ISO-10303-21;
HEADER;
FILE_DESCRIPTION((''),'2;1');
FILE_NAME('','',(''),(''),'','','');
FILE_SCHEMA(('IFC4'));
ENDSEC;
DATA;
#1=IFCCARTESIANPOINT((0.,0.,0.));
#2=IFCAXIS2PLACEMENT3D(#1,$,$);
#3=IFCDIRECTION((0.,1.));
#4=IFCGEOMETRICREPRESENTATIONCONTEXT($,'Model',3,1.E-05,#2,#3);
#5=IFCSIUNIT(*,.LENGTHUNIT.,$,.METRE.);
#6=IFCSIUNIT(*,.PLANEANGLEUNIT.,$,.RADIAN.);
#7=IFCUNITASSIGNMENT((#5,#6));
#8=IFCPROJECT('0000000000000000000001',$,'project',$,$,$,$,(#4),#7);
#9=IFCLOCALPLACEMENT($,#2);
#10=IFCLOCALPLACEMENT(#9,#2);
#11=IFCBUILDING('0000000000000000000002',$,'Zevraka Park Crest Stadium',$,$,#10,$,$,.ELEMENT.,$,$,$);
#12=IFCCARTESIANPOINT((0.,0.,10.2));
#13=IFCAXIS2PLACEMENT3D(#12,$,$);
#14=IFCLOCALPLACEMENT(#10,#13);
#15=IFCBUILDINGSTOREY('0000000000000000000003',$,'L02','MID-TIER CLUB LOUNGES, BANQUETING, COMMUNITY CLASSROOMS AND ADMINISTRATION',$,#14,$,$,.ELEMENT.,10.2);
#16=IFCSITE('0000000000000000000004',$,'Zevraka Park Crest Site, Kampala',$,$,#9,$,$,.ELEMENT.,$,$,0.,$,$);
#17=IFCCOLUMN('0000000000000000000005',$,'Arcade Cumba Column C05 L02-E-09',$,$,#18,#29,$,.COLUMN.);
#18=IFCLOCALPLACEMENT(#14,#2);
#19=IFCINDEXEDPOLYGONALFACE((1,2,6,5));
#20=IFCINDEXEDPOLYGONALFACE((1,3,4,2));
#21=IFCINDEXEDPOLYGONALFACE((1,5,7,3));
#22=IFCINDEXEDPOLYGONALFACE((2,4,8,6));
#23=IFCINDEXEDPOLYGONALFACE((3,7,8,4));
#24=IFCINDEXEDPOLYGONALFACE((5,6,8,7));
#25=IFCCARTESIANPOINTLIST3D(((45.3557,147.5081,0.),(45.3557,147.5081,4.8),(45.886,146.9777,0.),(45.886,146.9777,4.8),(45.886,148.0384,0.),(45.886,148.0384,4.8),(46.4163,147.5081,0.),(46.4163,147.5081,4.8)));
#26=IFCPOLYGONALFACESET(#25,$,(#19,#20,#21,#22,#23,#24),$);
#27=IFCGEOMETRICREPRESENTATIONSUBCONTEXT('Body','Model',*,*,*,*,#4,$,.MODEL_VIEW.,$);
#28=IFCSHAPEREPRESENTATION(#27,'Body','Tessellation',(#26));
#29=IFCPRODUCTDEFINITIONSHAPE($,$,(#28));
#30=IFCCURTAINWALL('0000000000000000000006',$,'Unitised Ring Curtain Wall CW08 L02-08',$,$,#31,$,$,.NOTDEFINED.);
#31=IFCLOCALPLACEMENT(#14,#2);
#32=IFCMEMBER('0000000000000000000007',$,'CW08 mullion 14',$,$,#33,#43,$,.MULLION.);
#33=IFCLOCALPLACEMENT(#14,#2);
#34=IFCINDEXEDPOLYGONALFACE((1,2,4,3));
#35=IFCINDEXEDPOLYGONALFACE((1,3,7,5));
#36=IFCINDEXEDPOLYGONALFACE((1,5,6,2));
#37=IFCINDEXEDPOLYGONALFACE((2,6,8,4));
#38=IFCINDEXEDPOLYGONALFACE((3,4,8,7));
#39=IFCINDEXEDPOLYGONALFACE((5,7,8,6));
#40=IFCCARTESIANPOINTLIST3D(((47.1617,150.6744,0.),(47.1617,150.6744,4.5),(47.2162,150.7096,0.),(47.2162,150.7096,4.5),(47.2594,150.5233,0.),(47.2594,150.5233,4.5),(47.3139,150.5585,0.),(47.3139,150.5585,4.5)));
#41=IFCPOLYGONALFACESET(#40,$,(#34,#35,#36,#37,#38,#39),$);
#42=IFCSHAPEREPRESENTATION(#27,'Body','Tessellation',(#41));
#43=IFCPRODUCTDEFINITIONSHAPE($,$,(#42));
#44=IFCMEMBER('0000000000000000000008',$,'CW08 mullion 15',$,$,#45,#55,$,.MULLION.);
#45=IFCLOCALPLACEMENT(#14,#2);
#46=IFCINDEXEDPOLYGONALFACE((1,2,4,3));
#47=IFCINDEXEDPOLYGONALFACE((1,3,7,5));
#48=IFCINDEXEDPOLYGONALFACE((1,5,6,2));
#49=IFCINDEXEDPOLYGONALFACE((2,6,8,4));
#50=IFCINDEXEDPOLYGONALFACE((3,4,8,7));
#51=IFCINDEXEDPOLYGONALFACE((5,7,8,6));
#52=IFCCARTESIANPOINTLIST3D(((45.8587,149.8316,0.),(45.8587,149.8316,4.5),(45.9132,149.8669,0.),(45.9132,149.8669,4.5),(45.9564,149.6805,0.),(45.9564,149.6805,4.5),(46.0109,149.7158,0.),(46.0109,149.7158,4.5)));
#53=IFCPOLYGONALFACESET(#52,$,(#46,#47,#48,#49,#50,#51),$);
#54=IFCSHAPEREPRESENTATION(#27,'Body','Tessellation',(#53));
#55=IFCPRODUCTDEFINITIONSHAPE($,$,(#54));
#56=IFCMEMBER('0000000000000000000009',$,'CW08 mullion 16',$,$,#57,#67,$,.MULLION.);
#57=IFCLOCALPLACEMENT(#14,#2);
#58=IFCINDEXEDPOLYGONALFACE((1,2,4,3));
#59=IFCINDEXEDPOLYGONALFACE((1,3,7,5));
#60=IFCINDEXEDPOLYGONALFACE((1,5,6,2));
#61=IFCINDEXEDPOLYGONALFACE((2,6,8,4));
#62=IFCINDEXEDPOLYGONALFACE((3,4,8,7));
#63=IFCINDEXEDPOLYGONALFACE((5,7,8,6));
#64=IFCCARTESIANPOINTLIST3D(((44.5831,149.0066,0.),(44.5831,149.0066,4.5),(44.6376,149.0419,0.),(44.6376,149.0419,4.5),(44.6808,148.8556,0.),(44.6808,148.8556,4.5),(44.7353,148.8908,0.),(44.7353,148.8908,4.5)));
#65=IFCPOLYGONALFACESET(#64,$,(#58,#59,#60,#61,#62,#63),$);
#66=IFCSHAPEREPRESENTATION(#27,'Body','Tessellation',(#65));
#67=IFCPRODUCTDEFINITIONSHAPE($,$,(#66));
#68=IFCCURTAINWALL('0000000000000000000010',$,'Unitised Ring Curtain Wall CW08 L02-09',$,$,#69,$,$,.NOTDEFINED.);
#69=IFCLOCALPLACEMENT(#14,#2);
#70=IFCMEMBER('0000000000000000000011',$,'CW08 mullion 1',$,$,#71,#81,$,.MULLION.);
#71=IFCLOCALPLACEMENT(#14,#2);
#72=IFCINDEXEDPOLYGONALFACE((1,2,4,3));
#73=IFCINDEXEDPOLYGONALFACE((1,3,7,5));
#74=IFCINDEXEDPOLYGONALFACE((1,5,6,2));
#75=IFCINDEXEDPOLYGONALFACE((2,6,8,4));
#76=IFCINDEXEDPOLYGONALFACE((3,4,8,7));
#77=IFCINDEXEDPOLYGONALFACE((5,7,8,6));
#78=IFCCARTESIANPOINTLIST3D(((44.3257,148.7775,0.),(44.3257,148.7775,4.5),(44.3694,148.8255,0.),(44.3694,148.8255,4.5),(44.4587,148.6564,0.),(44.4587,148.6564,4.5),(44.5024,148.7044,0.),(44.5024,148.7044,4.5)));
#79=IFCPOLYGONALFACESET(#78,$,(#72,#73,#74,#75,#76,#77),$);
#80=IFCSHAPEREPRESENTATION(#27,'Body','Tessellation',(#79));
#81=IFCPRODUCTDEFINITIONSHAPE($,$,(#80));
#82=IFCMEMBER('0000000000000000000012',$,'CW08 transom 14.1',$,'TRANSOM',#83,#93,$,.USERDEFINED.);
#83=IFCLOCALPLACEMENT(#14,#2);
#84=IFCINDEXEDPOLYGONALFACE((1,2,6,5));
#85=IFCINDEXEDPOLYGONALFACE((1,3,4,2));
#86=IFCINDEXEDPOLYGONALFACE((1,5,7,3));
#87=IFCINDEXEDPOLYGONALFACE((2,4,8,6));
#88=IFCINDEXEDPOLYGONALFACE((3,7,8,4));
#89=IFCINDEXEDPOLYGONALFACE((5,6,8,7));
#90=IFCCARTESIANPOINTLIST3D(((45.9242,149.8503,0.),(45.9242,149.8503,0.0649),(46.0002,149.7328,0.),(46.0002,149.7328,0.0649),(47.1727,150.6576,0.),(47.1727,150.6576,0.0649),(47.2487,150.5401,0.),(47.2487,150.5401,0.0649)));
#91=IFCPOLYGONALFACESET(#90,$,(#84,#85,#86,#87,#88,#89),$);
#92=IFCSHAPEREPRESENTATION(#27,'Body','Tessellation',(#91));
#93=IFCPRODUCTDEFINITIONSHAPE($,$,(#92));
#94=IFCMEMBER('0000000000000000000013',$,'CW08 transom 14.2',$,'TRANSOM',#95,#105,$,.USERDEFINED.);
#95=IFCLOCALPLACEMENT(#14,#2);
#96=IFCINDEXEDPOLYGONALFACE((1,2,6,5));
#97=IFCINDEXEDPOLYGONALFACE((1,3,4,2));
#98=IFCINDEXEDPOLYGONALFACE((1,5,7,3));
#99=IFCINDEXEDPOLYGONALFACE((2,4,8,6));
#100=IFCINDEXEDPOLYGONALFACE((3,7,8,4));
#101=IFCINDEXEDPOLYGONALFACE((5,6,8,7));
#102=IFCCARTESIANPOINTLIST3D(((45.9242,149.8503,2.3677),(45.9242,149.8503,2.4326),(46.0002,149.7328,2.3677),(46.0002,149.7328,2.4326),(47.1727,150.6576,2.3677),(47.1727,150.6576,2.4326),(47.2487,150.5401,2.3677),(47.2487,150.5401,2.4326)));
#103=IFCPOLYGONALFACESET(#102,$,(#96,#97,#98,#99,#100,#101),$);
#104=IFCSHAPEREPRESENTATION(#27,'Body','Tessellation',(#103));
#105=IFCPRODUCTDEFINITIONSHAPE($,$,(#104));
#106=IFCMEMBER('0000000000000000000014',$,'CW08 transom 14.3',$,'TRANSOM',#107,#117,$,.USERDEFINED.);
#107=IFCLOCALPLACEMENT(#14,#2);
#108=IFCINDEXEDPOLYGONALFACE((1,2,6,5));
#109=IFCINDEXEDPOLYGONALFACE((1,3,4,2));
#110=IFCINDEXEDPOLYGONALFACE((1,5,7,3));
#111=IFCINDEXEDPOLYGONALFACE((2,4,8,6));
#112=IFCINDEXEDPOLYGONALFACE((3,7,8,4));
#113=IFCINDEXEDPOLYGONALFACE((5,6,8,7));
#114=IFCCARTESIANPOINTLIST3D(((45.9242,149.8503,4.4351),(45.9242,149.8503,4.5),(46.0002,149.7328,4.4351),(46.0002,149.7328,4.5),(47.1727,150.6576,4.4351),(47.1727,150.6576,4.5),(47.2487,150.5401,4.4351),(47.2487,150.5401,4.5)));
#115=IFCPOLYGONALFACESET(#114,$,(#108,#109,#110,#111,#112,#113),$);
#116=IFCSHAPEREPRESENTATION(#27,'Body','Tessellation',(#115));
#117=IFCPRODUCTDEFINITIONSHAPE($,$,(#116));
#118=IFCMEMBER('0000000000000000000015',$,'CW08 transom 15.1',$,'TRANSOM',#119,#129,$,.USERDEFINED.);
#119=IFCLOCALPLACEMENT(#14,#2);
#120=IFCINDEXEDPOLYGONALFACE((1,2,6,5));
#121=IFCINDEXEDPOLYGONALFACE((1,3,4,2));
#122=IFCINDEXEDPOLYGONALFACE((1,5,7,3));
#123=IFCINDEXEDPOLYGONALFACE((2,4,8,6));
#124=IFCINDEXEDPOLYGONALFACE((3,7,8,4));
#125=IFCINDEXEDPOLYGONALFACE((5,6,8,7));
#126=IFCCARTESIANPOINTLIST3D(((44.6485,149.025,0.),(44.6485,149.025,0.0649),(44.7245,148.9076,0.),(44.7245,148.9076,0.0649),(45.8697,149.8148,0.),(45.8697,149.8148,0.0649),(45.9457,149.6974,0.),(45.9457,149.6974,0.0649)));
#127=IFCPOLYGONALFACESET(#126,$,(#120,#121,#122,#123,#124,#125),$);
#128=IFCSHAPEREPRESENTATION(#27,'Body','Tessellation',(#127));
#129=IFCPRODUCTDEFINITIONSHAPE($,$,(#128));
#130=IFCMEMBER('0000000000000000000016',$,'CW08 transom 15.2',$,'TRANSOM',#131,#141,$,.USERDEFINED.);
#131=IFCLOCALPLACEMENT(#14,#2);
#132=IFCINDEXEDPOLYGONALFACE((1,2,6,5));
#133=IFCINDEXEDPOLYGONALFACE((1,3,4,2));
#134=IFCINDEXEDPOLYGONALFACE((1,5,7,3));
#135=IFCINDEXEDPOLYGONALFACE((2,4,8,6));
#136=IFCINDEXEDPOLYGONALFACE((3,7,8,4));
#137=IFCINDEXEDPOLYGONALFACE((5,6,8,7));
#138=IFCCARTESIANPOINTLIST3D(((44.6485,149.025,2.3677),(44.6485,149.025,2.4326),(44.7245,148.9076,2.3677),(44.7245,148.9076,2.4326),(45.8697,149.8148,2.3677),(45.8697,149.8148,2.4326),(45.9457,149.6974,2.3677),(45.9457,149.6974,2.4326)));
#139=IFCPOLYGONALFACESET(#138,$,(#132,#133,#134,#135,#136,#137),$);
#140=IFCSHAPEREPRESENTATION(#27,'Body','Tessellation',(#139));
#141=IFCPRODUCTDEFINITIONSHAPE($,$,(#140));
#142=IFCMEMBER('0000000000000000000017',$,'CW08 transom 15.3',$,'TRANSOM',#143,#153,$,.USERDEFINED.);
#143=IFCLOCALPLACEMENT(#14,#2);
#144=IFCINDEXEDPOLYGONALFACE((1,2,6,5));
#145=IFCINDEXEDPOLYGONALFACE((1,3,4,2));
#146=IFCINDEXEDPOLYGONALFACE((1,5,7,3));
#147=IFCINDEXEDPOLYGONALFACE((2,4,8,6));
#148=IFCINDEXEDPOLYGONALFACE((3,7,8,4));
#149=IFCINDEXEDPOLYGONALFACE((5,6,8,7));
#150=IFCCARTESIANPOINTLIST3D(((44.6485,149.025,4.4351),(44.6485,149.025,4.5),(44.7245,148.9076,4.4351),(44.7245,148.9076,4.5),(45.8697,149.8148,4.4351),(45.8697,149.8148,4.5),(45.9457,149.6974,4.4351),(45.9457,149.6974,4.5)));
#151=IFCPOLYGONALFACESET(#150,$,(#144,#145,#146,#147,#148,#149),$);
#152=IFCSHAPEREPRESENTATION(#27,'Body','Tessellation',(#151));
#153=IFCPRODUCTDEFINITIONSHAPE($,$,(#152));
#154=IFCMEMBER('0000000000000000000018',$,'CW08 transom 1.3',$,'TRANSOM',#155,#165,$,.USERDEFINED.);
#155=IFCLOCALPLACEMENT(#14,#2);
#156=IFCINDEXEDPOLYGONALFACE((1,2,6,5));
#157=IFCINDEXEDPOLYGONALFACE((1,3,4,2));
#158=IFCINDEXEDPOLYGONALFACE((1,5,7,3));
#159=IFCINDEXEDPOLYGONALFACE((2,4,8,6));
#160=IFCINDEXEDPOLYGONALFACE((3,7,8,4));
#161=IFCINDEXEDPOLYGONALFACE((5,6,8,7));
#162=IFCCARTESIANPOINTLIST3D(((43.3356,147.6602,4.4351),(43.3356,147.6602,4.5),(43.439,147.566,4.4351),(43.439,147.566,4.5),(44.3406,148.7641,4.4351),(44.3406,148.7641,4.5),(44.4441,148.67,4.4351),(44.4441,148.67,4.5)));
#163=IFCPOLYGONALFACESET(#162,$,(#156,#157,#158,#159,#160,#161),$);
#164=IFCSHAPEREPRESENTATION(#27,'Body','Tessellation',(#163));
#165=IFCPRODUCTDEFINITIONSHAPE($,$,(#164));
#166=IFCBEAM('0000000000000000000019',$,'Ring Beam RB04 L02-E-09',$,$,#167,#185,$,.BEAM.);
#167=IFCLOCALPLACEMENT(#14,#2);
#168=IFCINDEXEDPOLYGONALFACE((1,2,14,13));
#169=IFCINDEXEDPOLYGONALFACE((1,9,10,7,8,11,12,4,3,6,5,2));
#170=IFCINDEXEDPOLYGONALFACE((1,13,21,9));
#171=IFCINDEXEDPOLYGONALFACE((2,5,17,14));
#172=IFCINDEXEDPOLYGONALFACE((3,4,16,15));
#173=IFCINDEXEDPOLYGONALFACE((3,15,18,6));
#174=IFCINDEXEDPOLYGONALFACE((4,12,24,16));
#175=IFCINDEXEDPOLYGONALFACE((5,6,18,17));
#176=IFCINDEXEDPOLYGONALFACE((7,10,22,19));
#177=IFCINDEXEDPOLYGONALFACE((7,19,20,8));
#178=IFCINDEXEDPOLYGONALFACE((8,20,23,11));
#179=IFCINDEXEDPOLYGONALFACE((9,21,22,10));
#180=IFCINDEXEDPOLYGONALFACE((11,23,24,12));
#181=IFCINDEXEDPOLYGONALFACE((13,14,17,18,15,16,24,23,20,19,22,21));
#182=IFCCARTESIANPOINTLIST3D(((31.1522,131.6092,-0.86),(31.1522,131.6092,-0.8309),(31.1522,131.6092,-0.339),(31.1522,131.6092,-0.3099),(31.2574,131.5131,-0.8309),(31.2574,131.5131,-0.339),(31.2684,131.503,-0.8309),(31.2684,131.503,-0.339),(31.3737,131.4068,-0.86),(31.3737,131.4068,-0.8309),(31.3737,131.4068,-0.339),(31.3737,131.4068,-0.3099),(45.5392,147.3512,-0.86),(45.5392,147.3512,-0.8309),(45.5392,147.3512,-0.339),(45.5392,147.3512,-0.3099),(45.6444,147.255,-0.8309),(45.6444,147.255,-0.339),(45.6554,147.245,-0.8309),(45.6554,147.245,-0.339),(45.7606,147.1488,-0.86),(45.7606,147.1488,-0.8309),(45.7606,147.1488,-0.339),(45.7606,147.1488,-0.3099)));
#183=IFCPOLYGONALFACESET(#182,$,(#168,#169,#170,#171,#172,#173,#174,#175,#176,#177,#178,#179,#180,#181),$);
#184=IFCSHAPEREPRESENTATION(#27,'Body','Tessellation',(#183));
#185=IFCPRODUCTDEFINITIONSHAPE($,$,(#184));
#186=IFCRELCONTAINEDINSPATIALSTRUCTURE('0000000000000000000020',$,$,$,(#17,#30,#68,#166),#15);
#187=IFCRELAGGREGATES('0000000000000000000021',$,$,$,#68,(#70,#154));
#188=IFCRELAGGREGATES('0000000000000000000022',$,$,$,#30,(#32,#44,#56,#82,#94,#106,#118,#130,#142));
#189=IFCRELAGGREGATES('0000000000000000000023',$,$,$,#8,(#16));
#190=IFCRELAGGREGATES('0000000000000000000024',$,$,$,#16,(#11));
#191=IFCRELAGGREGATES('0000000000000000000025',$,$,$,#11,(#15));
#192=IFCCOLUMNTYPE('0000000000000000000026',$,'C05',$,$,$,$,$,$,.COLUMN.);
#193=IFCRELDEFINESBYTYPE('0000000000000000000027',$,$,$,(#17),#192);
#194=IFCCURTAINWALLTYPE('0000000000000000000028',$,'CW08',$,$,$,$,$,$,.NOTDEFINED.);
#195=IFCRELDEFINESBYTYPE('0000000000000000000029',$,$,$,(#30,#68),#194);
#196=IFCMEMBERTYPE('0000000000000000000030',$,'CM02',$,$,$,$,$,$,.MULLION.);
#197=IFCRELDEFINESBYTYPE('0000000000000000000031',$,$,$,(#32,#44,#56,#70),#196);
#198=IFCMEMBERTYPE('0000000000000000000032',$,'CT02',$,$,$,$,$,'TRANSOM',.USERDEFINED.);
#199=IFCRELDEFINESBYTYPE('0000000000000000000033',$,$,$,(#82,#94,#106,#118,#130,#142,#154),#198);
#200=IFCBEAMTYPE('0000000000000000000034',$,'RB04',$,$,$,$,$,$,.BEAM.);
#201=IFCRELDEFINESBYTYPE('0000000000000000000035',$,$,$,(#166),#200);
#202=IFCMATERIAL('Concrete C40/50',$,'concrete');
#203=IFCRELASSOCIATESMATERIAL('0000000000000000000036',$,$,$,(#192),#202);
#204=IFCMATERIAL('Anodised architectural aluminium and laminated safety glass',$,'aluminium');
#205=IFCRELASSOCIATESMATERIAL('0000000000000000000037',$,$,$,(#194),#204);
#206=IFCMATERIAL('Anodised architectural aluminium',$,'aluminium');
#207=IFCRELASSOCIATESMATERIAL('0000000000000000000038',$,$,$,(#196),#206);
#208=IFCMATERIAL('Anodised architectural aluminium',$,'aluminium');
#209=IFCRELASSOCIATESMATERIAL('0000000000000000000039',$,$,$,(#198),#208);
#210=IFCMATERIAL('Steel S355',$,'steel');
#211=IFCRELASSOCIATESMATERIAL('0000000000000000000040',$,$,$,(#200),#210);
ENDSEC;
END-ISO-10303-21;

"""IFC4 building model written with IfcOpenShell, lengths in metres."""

from ifc_helpers import new_model, si_unit, direction, frame, origin, origin_2d, place, context, subcontext, project, spatial, rectangle, i_section, extrude, material, material_profile, profile_set, type_object, element, aggregate, save


model = new_model("IFC4")

# Units and contexts
model_context = context("Model", 3, precision=1e-05, world=origin(), true_north=direction((0.0, 1.0)))
body_context = subcontext(model_context, "Body", "Model", "MODEL_VIEW")
ifc_project = project(units=[si_unit("LENGTHUNIT", "METRE"), si_unit("PLANEANGLEUNIT", "RADIAN")], contexts=[model_context])

# Site, building, storey
site_placement = place(None, origin())
site = spatial("IfcSite", under=ifc_project, at=site_placement, Name="Zevraka Park Crest Site, Kampala", CompositionType="ELEMENT", RefElevation=0.0)
building_placement = place(site_placement, origin())
building = spatial("IfcBuilding", under=site, at=building_placement, Name="Zevraka Park Crest Stadium", CompositionType="ELEMENT")
storey_placement = place(building_placement, frame((0.0, 0.0, 10.2)))
storey = spatial("IfcBuildingStorey", under=building, at=storey_placement, Name="L02", Description="MID-TIER CLUB LOUNGES, BANQUETING, COMMUNITY CLASSROOMS AND ADMINISTRATION", CompositionType="ELEMENT", Elevation=10.2)

# Column
ifc_material_1 = material(Name="Concrete C40/50", Category="concrete")
ifc_material_profile_1 = material_profile(ifc_material_1, rectangle(XDim=0.75, YDim=0.75, at=origin_2d()), Name="RC 750x750")
ifc_profile_set_1 = profile_set([ifc_material_profile_1], Name="Concrete C40/50")
column_type = type_object("IfcColumnType", Name="C05", PredefinedType="COLUMN", material=ifc_profile_set_1)
column_placement = place(storey_placement, frame((45.886, 147.5081, 0.0), z_axis=(0.0, 0.0, 1.0), x_axis=(-0.707107, 0.707107, 0.0)))
element("IfcColumn", 1, at=column_placement, inside=storey, type_object=column_type, Name="Arcade Cumba Column C05 L02-E-09", PredefinedType="COLUMN", context=body_context, shape_type="SweptSolid", body=[
    extrude(rectangle(XDim=0.75, YDim=0.75, at=origin_2d()), origin(), (0.0, 0.0, 1.0), 4.8),
])

# Curtain wall, members
ifc_material_2 = material(Name="Anodised architectural aluminium and laminated safety glass", Category="aluminium")
curtain_wall_type = type_object("IfcCurtainWallType", Name="CW08", PredefinedType="NOTDEFINED", material=ifc_material_2)
curtain_wall_1_placement = place(storey_placement, origin())
curtain_wall_1 = element("IfcCurtainWall", 2, at=curtain_wall_1_placement, inside=storey, type_object=curtain_wall_type, Name="Unitised Ring Curtain Wall CW08 L02-08", PredefinedType="NOTDEFINED")
ifc_material_3 = material(Name="Anodised architectural aluminium", Category="aluminium")
ifc_material_profile_2 = material_profile(ifc_material_3, rectangle(XDim=0.1799, YDim=0.0649, at=origin_2d()), Name="ALU MULLION 180x65")
ifc_profile_set_2 = profile_set([ifc_material_profile_2], Name="Anodised architectural aluminium")
member_type_1 = type_object("IfcMemberType", Name="CM02", PredefinedType="MULLION", material=ifc_profile_set_2)
member_1_placement = place(storey_placement, frame((47.2378, 150.6165, 0.0), z_axis=(0.0, 0.0, 1.0), x_axis=(0.543096, -0.83967, 0.0)))
member_1 = element("IfcMember", 3, at=member_1_placement, type_object=member_type_1, Name="CW08 mullion 14", PredefinedType="MULLION", context=body_context, shape_type="SweptSolid", body=[
    extrude(rectangle(XDim=0.1799, YDim=0.0649, at=origin_2d()), origin(), (0.0, 0.0, 1.0), 4.5),
])
member_2_placement = place(storey_placement, frame((45.9348, 149.7737, 0.0), z_axis=(0.0, 0.0, 1.0), x_axis=(0.543096, -0.83967, 0.0)))
member_2 = element("IfcMember", 4, at=member_2_placement, type_object=member_type_1, Name="CW08 mullion 15", PredefinedType="MULLION", context=body_context, shape_type="SweptSolid", body=[
    extrude(rectangle(XDim=0.1799, YDim=0.0649, at=origin_2d()), origin(), (0.0, 0.0, 1.0), 4.5),
])
member_3_placement = place(storey_placement, frame((44.6592, 148.9487, 0.0), z_axis=(0.0, 0.0, 1.0), x_axis=(0.543096, -0.83967, 0.0)))
member_3 = element("IfcMember", 5, at=member_3_placement, type_object=member_type_1, Name="CW08 mullion 16", PredefinedType="MULLION", context=body_context, shape_type="SweptSolid", body=[
    extrude(rectangle(XDim=0.1799, YDim=0.0649, at=origin_2d()), origin(), (0.0, 0.0, 1.0), 4.5),
])

# Curtain wall, member
curtain_wall_2_placement = place(storey_placement, origin())
curtain_wall_2 = element("IfcCurtainWall", 6, at=curtain_wall_2_placement, inside=storey, type_object=curtain_wall_type, Name="Unitised Ring Curtain Wall CW08 L02-09", PredefinedType="NOTDEFINED")
member_4_placement = place(storey_placement, frame((44.4141, 148.741, 0.0), z_axis=(0.0, 0.0, 1.0), x_axis=(0.739497, -0.67316, 0.0)))
member_4 = element("IfcMember", 7, at=member_4_placement, type_object=member_type_1, Name="CW08 mullion 1", PredefinedType="MULLION", context=body_context, shape_type="SweptSolid", body=[
    extrude(rectangle(XDim=0.1799, YDim=0.0649, at=origin_2d()), origin(), (0.0, 0.0, 1.0), 4.5),
])

# Members
ifc_material_4 = material(Name="Anodised architectural aluminium", Category="aluminium")
ifc_material_profile_3 = material_profile(ifc_material_4, rectangle(XDim=0.1399, YDim=0.0649, at=origin_2d()), Name="ALU TRANSOM 140x65")
ifc_profile_set_3 = profile_set([ifc_material_profile_3], Name="Anodised architectural aluminium")
member_type_2 = type_object("IfcMemberType", Name="CT02", ElementType="TRANSOM", PredefinedType="USERDEFINED", material=ifc_profile_set_3)
member_5_placement = place(storey_placement, frame((47.2107, 150.5989, 0.0325), z_axis=(-0.839724, -0.543013, 0.0), x_axis=(0.543013, -0.839724, 0.0)))
member_5 = element("IfcMember", 8, at=member_5_placement, type_object=member_type_2, Name="CW08 transom 14.1", ObjectType="TRANSOM", PredefinedType="USERDEFINED", context=body_context, shape_type="SweptSolid", body=[
    extrude(rectangle(XDim=0.1399, YDim=0.0649, at=origin_2d()), origin(), (0.0, 0.0, 1.0), 1.4868),
])
member_6_placement = place(storey_placement, frame((47.2107, 150.5989, 2.4001), z_axis=(-0.839724, -0.543013, 0.0), x_axis=(0.543013, -0.839724, 0.0)))
member_6 = element("IfcMember", 9, at=member_6_placement, type_object=member_type_2, Name="CW08 transom 14.2", ObjectType="TRANSOM", PredefinedType="USERDEFINED", context=body_context, shape_type="SweptSolid", body=[
    extrude(rectangle(XDim=0.1399, YDim=0.0649, at=origin_2d()), origin(), (0.0, 0.0, 1.0), 1.4868),
])
member_7_placement = place(storey_placement, frame((47.2107, 150.5989, 4.4675), z_axis=(-0.839724, -0.543013, 0.0), x_axis=(0.543013, -0.839724, 0.0)))
member_7 = element("IfcMember", 10, at=member_7_placement, type_object=member_type_2, Name="CW08 transom 14.3", ObjectType="TRANSOM", PredefinedType="USERDEFINED", context=body_context, shape_type="SweptSolid", body=[
    extrude(rectangle(XDim=0.1399, YDim=0.0649, at=origin_2d()), origin(), (0.0, 0.0, 1.0), 1.4868),
])
member_8_placement = place(storey_placement, frame((45.9077, 149.7561, 0.0325), z_axis=(-0.839692, -0.543063, 0.0), x_axis=(0.543063, -0.839692, 0.0)))
member_8 = element("IfcMember", 11, at=member_8_placement, type_object=member_type_2, Name="CW08 transom 15.1", ObjectType="TRANSOM", PredefinedType="USERDEFINED", context=body_context, shape_type="SweptSolid", body=[
    extrude(rectangle(XDim=0.1399, YDim=0.0649, at=origin_2d()), origin(), (0.0, 0.0, 1.0), 1.4543),
])
member_9_placement = place(storey_placement, frame((45.9077, 149.7561, 2.4001), z_axis=(-0.839692, -0.543063, 0.0), x_axis=(0.543063, -0.839692, 0.0)))
member_9 = element("IfcMember", 12, at=member_9_placement, type_object=member_type_2, Name="CW08 transom 15.2", ObjectType="TRANSOM", PredefinedType="USERDEFINED", context=body_context, shape_type="SweptSolid", body=[
    extrude(rectangle(XDim=0.1399, YDim=0.0649, at=origin_2d()), origin(), (0.0, 0.0, 1.0), 1.4543),
])
member_10_placement = place(storey_placement, frame((45.9077, 149.7561, 4.4675), z_axis=(-0.839692, -0.543063, 0.0), x_axis=(0.543063, -0.839692, 0.0)))
member_10 = element("IfcMember", 13, at=member_10_placement, type_object=member_type_2, Name="CW08 transom 15.3", ObjectType="TRANSOM", PredefinedType="USERDEFINED", context=body_context, shape_type="SweptSolid", body=[
    extrude(rectangle(XDim=0.1399, YDim=0.0649, at=origin_2d()), origin(), (0.0, 0.0, 1.0), 1.4543),
])
member_11_placement = place(storey_placement, frame((44.3923, 148.717, 4.4675), z_axis=(-0.673218, -0.739444, 0.0), x_axis=(0.739444, -0.673218, 0.0)))
member_11 = element("IfcMember", 14, at=member_11_placement, type_object=member_type_2, Name="CW08 transom 1.3", ObjectType="TRANSOM", PredefinedType="USERDEFINED", context=body_context, shape_type="SweptSolid", body=[
    extrude(rectangle(XDim=0.1399, YDim=0.0649, at=origin_2d()), origin(), (0.0, 0.0, 1.0), 1.4929),
])
aggregate(curtain_wall_2, [member_4, member_11])

# Beam
ifc_material_5 = material(Name="Steel S355", Category="steel")
ifc_material_profile_4 = material_profile(ifc_material_5, i_section(OverallWidth=0.3, OverallDepth=0.55, WebThickness=0.0149, FlangeThickness=0.0291, at=origin_2d()), Name="HEB 550")
ifc_profile_set_4 = profile_set([ifc_material_profile_4], Name="Steel S355")
beam_type = type_object("IfcBeamType", Name="RB04", PredefinedType="BEAM", material=ifc_profile_set_4)
beam_placement = place(storey_placement, frame((45.6499, 147.25, -0.585), z_axis=(-0.674624, -0.738161, 0.0), x_axis=(0.738161, -0.674624, 0.0)))
element("IfcBeam", 15, at=beam_placement, inside=storey, type_object=beam_type, Name="Ring Beam RB04 L02-E-09", PredefinedType="BEAM", context=body_context, shape_type="SweptSolid", body=[
    extrude(i_section(OverallWidth=0.3, OverallDepth=0.55, WebThickness=0.0149, FlangeThickness=0.0291, at=origin_2d()), origin(), (0.0, 0.0, 1.0), 21.3259),
])

aggregate(curtain_wall_1, [member_1, member_2, member_3, member_5, member_6, member_7, member_8, member_9, member_10])

save(model, "model.ifc")
